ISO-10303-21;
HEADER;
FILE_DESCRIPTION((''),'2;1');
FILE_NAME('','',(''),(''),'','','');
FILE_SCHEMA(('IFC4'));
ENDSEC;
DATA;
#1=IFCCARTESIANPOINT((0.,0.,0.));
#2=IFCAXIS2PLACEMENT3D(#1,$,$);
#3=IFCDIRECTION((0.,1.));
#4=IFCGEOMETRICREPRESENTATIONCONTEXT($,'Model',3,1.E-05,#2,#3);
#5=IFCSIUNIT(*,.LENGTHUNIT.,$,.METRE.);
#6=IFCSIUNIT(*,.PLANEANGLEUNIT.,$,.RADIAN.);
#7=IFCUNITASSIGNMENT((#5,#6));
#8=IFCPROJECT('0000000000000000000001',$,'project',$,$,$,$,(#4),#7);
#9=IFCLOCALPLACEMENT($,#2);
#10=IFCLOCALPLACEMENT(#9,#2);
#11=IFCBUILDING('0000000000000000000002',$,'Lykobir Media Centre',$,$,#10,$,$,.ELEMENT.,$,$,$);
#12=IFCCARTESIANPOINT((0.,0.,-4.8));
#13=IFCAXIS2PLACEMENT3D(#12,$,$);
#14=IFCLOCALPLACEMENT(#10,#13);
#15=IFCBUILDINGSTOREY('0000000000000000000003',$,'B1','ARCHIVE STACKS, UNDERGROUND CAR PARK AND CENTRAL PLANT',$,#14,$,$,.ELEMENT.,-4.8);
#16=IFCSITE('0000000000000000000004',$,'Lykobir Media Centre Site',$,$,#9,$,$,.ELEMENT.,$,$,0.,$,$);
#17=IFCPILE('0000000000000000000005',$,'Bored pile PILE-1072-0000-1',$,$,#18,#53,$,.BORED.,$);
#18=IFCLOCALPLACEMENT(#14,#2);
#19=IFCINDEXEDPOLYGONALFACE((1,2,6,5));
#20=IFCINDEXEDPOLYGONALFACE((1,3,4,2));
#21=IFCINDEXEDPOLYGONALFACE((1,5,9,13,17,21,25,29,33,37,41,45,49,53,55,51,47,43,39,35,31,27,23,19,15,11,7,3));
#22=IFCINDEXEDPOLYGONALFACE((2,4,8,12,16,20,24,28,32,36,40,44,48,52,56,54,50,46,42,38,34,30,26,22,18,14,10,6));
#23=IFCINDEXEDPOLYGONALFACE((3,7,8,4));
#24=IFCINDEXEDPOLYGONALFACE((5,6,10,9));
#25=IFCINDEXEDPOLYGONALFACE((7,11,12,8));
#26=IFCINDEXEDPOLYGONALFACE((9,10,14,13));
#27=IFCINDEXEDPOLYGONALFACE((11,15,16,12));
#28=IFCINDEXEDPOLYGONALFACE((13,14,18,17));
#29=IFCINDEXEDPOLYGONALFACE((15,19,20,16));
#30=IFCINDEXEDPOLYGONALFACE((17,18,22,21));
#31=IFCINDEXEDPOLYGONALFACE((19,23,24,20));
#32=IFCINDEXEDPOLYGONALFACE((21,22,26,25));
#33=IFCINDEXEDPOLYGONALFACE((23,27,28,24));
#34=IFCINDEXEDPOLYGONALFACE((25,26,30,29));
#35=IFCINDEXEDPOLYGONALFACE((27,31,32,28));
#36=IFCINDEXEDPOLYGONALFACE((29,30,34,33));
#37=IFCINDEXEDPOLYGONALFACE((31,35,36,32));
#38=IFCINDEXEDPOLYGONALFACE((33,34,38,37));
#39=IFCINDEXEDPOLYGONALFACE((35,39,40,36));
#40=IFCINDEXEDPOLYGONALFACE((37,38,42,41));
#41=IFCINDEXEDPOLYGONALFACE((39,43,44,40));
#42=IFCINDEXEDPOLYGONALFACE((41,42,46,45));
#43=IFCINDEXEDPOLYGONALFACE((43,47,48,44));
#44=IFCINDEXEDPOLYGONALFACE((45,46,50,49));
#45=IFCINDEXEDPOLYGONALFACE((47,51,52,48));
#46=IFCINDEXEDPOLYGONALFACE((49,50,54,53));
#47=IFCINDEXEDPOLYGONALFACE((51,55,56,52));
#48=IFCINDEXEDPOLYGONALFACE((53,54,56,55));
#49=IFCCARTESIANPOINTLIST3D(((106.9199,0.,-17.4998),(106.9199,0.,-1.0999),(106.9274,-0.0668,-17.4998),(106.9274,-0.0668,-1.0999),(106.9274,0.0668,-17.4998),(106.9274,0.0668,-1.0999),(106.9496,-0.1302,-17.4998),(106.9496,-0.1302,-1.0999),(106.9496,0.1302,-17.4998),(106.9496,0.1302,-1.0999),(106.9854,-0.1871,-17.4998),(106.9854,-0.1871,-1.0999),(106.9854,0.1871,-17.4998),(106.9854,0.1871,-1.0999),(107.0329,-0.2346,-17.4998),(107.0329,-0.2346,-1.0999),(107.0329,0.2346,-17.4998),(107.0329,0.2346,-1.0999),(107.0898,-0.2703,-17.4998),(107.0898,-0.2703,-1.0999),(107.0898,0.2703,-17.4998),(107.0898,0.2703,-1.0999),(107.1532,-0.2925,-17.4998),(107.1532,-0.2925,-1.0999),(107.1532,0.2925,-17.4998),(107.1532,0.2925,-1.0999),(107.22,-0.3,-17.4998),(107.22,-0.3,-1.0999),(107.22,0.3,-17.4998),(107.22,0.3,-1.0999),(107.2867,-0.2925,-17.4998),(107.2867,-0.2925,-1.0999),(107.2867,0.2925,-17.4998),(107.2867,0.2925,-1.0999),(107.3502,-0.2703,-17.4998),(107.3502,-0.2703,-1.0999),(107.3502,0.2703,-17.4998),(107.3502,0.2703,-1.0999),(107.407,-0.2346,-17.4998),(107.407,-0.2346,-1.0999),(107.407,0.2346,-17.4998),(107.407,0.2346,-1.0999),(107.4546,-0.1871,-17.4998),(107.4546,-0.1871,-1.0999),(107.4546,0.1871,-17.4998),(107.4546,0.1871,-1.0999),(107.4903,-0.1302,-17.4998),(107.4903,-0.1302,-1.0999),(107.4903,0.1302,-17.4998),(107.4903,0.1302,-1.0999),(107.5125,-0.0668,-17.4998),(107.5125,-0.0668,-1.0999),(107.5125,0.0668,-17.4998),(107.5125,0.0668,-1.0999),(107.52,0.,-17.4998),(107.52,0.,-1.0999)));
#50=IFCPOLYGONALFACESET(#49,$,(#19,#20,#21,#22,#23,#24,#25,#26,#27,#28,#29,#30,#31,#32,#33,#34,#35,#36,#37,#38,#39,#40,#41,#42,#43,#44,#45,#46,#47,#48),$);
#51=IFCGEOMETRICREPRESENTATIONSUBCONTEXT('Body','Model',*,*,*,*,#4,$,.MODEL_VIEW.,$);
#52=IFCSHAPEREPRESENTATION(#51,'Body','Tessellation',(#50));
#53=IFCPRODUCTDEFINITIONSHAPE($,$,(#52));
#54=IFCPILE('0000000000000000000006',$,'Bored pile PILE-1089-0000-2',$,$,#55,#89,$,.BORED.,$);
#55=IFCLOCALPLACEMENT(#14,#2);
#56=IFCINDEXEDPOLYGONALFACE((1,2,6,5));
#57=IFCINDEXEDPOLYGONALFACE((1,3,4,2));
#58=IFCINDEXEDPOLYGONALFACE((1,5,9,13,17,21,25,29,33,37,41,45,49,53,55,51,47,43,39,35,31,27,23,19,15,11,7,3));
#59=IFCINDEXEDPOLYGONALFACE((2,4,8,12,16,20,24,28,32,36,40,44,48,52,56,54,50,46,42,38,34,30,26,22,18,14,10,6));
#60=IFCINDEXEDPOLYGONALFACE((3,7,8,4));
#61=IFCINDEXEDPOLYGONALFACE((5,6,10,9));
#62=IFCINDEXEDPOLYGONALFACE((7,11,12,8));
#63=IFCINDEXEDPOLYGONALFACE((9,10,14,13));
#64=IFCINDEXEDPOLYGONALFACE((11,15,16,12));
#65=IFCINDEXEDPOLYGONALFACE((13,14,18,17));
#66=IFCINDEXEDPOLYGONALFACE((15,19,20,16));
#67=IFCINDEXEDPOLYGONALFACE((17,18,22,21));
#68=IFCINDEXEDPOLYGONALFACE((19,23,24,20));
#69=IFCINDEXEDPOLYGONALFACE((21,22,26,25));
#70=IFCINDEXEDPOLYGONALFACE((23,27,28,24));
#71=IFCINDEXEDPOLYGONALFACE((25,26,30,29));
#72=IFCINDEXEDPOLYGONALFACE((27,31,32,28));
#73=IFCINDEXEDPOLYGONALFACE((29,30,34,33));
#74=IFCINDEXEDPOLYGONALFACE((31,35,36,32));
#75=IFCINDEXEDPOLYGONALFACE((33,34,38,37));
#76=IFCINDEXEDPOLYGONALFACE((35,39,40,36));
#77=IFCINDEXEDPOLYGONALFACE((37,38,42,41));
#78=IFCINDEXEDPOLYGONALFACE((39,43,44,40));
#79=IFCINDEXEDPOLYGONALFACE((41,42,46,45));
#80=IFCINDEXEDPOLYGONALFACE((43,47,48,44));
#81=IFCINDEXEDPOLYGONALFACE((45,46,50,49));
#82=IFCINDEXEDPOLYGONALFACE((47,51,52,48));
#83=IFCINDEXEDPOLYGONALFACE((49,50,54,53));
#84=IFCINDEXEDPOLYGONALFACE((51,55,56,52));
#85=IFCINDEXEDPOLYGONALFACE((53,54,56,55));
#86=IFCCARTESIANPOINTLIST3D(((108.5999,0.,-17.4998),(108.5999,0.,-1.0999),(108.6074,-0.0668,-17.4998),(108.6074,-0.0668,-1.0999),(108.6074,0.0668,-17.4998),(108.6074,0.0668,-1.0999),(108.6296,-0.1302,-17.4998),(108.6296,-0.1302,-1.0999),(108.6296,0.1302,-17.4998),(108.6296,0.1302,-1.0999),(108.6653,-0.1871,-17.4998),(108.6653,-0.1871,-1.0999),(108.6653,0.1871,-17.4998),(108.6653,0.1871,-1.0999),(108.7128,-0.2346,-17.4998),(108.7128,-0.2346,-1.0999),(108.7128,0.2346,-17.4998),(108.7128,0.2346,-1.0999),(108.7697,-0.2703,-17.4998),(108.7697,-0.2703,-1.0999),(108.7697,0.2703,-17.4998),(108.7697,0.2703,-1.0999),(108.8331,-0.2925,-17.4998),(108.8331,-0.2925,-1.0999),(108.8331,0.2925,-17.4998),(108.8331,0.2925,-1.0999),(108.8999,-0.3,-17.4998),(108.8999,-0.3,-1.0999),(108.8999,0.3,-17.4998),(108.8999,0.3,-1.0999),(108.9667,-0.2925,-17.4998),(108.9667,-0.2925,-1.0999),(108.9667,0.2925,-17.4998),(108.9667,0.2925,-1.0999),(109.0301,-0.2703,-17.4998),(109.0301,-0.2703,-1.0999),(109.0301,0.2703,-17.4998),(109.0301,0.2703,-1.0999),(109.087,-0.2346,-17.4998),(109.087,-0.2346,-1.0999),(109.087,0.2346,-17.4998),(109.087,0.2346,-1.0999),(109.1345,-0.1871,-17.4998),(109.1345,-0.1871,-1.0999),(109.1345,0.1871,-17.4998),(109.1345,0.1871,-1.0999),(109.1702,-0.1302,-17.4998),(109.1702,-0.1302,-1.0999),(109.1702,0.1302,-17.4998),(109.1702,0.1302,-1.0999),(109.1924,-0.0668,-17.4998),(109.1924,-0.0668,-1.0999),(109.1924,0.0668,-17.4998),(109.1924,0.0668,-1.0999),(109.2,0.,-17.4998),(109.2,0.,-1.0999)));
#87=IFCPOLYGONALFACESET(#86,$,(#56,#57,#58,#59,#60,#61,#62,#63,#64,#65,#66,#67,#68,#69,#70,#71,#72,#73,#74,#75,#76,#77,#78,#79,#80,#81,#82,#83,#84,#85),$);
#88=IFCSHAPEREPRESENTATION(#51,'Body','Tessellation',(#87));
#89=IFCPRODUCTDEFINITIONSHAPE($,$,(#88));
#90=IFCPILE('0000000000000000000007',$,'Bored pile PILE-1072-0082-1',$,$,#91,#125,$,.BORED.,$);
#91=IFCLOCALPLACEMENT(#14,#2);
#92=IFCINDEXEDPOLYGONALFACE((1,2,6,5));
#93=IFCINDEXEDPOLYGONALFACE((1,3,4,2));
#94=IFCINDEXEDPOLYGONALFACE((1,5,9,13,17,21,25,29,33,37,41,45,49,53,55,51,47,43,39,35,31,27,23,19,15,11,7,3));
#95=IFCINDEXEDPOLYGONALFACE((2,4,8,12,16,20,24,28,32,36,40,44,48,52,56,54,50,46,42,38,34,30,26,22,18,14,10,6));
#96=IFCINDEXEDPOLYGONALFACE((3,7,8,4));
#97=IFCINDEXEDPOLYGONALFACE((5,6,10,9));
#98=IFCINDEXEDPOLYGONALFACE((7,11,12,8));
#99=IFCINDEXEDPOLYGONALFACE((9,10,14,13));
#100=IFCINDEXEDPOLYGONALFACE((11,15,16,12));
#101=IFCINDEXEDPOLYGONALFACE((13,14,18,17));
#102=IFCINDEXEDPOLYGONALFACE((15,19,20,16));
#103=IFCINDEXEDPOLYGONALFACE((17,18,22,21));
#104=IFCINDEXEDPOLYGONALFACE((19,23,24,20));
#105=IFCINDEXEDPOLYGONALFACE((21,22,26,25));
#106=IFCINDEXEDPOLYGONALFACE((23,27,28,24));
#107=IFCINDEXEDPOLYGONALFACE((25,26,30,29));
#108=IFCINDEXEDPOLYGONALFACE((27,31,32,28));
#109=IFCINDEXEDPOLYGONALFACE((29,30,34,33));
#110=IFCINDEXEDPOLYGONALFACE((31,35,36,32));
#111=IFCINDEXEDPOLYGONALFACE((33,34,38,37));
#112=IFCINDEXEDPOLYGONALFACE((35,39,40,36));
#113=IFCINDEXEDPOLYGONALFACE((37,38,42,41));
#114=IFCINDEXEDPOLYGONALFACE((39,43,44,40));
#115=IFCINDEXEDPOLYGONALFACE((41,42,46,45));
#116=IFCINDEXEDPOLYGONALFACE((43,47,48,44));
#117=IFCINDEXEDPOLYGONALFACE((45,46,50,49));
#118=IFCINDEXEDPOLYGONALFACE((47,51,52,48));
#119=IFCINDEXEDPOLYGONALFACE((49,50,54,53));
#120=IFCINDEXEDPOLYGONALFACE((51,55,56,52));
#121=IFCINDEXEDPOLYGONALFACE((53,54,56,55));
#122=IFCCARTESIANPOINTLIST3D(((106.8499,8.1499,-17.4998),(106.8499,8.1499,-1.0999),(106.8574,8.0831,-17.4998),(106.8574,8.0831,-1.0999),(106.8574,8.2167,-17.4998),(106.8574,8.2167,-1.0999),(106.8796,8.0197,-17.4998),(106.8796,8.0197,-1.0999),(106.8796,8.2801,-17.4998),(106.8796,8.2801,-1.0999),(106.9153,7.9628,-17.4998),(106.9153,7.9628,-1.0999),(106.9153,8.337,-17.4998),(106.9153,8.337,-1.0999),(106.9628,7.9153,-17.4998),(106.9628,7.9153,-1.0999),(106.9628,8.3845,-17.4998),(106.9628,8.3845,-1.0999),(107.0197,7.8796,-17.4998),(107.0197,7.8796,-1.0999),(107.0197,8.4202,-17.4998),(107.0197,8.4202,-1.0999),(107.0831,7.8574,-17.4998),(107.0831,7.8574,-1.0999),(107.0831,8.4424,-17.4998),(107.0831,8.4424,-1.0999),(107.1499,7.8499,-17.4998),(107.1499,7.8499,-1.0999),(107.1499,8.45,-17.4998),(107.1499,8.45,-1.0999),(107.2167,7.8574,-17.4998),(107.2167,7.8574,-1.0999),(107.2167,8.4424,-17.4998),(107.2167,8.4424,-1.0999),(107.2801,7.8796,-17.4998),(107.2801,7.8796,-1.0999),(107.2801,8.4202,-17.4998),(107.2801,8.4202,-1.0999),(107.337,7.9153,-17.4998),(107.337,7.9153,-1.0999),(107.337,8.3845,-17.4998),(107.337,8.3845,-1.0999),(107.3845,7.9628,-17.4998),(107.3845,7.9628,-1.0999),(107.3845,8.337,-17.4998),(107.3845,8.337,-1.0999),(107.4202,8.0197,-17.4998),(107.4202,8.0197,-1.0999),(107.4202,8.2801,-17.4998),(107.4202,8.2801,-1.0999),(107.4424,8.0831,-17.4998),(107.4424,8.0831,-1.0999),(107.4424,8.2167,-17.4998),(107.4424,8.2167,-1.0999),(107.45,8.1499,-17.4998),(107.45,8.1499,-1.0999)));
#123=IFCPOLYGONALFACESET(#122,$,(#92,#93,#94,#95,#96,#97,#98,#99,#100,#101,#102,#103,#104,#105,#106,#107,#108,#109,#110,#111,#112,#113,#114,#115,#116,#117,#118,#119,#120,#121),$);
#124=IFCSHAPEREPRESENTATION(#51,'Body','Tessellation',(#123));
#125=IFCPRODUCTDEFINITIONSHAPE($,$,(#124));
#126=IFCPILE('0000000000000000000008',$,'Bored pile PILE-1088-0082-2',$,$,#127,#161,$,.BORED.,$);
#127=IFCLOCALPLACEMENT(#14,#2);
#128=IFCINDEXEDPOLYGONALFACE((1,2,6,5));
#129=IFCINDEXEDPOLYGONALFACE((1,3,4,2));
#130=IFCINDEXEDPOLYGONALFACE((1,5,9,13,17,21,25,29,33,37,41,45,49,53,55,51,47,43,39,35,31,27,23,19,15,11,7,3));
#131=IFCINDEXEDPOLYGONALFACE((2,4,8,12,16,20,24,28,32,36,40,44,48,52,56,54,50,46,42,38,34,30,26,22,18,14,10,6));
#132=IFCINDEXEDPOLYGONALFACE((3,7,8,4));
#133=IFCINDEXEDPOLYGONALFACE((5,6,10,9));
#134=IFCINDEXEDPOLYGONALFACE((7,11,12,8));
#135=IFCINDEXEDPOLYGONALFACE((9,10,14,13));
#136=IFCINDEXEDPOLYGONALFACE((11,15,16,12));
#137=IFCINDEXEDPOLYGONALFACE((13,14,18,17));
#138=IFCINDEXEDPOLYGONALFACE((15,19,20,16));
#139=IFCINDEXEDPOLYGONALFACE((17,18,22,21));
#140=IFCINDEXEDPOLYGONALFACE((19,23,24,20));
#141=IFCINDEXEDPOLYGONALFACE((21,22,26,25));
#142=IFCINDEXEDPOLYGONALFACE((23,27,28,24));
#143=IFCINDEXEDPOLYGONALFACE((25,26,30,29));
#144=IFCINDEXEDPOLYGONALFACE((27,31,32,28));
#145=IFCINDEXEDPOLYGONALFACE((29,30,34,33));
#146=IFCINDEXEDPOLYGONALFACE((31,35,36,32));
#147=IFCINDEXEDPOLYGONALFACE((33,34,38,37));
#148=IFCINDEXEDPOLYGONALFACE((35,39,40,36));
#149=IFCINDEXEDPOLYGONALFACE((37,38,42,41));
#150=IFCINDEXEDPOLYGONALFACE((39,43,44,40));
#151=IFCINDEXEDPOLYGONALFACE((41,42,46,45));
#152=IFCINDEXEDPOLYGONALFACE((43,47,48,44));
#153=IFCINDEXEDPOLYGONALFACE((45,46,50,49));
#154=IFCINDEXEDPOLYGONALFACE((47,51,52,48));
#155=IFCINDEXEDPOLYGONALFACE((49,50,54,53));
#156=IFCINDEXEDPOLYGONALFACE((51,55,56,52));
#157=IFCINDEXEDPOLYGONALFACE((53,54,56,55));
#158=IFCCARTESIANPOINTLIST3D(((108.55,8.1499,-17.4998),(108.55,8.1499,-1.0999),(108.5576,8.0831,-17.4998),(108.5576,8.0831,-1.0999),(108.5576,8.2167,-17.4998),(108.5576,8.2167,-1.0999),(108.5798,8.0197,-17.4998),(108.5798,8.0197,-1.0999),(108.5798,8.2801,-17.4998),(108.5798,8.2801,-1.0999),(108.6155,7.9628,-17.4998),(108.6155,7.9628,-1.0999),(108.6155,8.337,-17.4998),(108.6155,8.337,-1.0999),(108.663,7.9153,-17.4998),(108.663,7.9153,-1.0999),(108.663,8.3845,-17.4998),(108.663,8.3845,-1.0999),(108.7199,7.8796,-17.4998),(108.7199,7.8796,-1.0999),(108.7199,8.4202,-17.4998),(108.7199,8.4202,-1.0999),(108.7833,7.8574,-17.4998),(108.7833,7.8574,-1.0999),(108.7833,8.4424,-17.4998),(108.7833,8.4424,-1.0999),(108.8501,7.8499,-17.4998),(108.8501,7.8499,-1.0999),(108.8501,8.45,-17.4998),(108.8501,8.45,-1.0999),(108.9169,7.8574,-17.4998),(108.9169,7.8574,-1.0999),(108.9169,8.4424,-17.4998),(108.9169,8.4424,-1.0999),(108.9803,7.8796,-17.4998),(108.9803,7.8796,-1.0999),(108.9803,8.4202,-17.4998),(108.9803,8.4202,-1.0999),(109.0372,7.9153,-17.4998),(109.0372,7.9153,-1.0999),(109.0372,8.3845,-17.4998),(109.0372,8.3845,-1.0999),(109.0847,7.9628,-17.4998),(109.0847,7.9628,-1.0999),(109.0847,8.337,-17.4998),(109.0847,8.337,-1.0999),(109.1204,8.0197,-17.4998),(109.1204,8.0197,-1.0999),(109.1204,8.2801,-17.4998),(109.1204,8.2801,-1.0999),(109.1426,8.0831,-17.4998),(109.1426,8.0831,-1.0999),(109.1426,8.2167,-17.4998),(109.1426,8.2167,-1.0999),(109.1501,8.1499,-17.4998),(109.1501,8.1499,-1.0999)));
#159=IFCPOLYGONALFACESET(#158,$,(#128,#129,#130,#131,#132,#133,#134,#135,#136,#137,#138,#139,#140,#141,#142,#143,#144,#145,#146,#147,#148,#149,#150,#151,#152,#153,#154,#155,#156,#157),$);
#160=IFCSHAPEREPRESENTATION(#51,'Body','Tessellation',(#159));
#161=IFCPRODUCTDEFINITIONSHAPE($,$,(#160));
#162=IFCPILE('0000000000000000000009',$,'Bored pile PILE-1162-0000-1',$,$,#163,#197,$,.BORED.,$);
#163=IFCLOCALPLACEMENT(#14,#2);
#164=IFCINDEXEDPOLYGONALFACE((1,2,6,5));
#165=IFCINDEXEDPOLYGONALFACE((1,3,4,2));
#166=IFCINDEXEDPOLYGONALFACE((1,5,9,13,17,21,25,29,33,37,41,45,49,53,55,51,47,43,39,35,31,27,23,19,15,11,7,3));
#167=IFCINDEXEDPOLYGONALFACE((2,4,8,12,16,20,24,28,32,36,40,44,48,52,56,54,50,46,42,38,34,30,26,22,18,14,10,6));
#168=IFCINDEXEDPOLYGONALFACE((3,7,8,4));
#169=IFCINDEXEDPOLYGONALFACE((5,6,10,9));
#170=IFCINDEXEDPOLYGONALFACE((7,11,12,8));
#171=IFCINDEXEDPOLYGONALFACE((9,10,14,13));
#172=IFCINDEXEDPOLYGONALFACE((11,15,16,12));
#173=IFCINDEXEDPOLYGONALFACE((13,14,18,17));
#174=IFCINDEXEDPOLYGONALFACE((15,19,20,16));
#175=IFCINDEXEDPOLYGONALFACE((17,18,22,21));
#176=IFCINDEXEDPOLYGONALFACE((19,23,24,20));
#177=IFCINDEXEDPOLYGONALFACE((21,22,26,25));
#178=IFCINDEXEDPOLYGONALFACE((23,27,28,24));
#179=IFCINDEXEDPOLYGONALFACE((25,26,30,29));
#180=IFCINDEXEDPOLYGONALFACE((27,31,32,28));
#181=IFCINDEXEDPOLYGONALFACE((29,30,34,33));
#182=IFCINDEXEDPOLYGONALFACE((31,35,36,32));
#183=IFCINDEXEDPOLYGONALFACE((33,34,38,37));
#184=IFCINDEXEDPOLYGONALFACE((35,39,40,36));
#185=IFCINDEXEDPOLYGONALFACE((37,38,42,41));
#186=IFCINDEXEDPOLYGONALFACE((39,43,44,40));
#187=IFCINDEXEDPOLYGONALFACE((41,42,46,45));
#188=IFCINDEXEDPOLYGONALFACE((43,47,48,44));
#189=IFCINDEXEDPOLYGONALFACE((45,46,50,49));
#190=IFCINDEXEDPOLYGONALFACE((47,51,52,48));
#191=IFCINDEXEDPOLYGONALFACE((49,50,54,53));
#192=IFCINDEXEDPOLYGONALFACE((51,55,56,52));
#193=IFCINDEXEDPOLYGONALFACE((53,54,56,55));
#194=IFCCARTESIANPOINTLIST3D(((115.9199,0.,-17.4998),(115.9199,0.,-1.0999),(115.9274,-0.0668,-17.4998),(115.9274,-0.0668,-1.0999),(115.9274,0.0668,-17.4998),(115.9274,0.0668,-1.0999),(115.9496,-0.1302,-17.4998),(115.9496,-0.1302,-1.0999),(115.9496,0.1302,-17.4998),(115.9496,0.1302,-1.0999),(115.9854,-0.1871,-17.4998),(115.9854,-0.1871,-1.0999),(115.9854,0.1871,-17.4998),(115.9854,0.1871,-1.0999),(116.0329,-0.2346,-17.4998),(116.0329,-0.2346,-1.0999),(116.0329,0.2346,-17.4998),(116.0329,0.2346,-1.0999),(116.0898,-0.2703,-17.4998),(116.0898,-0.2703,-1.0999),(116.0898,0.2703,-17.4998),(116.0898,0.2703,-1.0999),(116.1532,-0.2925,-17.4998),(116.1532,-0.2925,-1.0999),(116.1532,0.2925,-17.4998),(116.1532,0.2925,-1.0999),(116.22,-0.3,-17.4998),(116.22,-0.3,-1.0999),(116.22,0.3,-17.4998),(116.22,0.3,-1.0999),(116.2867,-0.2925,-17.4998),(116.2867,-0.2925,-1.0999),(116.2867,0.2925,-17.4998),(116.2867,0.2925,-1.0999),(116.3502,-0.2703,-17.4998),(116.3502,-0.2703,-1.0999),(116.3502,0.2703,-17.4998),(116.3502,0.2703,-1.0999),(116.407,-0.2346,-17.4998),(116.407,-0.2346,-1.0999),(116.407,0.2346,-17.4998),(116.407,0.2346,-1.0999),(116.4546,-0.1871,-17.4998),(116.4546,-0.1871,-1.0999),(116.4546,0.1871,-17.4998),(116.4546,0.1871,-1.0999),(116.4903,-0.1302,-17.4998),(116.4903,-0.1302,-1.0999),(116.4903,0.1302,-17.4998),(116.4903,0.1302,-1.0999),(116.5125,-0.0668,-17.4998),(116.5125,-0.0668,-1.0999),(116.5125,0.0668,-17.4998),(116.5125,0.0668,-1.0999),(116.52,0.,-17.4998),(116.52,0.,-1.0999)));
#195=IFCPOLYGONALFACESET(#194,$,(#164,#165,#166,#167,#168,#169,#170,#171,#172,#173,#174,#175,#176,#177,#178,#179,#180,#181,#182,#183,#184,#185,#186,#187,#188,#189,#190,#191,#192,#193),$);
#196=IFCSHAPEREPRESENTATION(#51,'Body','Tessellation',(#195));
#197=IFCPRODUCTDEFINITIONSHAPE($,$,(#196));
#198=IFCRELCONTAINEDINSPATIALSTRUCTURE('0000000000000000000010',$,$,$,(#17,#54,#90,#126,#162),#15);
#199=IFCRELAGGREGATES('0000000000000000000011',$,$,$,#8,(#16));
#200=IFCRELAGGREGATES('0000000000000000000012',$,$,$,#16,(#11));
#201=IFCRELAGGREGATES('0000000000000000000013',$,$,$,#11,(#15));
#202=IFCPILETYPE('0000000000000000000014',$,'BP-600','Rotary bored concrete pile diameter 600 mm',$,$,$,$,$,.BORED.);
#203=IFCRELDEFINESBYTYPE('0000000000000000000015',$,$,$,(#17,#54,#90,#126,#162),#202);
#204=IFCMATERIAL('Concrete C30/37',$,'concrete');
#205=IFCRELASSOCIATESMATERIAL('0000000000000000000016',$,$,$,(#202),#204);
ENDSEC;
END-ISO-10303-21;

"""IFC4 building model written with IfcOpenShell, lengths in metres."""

from ifc_helpers import new_model, si_unit, direction, frame, origin, origin_2d, place, context, subcontext, project, spatial, circle, extrude, material, material_profile, profile_set, type_object, element, save


model = new_model("IFC4")

# Units and contexts
model_context = context("Model", 3, precision=1e-05, world=origin(), true_north=direction((0.0, 1.0)))
body_context = subcontext(model_context, "Body", "Model", "MODEL_VIEW")
ifc_project = project(units=[si_unit("LENGTHUNIT", "METRE"), si_unit("PLANEANGLEUNIT", "RADIAN")], contexts=[model_context])

# Site, building, storey
site_placement = place(None, origin())
site = spatial("IfcSite", under=ifc_project, at=site_placement, Name="Lykobir Media Centre Site", CompositionType="ELEMENT", RefElevation=0.0)
building_placement = place(site_placement, origin())
building = spatial("IfcBuilding", under=site, at=building_placement, Name="Lykobir Media Centre", CompositionType="ELEMENT")
storey_placement = place(building_placement, frame((0.0, 0.0, -4.8)))
storey = spatial("IfcBuildingStorey", under=building, at=storey_placement, Name="B1", Description="ARCHIVE STACKS, UNDERGROUND CAR PARK AND CENTRAL PLANT", CompositionType="ELEMENT", Elevation=-4.8)

# Piles
ifc_material_1 = material(Name="Concrete C30/37", Category="concrete")
ifc_material_profile_1 = material_profile(ifc_material_1, circle(Radius=0.3, at=origin_2d()), Name="BORED PILE D600")
ifc_profile_set_1 = profile_set([ifc_material_profile_1], Name="Concrete C30/37")
pile_type = type_object("IfcPileType", Name="BP-600", Description="Rotary bored concrete pile diameter 600 mm", PredefinedType="BORED", material=ifc_profile_set_1)
for number, where, z_axis, x_axis, name in (
    (1, (107.22, 0.0, -1.0999), (0.0, 0.0, -1.0), (1.0, 0.0, 0.0), "Bored pile PILE-1072-0000-1"),
    (2, (108.8999, 0.0, -1.0999), (0.0, 0.0, -1.0), (1.0, 0.0, 0.0), "Bored pile PILE-1089-0000-2"),
    (3, (107.1499, 8.1499, -1.0999), (0.0, 0.0, -1.0), (1.0, 0.0, 0.0), "Bored pile PILE-1072-0082-1"),
    (4, (108.8501, 8.1499, -1.0999), (0.0, 0.0, -1.0), (1.0, 0.0, 0.0), "Bored pile PILE-1088-0082-2"),
    (5, (116.22, 0.0, -1.0999), (0.0, 0.0, -1.0), (1.0, 0.0, 0.0), "Bored pile PILE-1162-0000-1"),
):
    element("IfcPile", number, at=place(storey_placement, frame(where, z_axis=z_axis, x_axis=x_axis)), inside=storey, type_object=pile_type, Name=name, PredefinedType="BORED", context=body_context, shape_type="SweptSolid", body=[
        extrude(circle(Radius=0.3, at=origin_2d()), origin(), (0.0, 0.0, 1.0), 16.3999),
    ])

save(model, "model.ifc")
